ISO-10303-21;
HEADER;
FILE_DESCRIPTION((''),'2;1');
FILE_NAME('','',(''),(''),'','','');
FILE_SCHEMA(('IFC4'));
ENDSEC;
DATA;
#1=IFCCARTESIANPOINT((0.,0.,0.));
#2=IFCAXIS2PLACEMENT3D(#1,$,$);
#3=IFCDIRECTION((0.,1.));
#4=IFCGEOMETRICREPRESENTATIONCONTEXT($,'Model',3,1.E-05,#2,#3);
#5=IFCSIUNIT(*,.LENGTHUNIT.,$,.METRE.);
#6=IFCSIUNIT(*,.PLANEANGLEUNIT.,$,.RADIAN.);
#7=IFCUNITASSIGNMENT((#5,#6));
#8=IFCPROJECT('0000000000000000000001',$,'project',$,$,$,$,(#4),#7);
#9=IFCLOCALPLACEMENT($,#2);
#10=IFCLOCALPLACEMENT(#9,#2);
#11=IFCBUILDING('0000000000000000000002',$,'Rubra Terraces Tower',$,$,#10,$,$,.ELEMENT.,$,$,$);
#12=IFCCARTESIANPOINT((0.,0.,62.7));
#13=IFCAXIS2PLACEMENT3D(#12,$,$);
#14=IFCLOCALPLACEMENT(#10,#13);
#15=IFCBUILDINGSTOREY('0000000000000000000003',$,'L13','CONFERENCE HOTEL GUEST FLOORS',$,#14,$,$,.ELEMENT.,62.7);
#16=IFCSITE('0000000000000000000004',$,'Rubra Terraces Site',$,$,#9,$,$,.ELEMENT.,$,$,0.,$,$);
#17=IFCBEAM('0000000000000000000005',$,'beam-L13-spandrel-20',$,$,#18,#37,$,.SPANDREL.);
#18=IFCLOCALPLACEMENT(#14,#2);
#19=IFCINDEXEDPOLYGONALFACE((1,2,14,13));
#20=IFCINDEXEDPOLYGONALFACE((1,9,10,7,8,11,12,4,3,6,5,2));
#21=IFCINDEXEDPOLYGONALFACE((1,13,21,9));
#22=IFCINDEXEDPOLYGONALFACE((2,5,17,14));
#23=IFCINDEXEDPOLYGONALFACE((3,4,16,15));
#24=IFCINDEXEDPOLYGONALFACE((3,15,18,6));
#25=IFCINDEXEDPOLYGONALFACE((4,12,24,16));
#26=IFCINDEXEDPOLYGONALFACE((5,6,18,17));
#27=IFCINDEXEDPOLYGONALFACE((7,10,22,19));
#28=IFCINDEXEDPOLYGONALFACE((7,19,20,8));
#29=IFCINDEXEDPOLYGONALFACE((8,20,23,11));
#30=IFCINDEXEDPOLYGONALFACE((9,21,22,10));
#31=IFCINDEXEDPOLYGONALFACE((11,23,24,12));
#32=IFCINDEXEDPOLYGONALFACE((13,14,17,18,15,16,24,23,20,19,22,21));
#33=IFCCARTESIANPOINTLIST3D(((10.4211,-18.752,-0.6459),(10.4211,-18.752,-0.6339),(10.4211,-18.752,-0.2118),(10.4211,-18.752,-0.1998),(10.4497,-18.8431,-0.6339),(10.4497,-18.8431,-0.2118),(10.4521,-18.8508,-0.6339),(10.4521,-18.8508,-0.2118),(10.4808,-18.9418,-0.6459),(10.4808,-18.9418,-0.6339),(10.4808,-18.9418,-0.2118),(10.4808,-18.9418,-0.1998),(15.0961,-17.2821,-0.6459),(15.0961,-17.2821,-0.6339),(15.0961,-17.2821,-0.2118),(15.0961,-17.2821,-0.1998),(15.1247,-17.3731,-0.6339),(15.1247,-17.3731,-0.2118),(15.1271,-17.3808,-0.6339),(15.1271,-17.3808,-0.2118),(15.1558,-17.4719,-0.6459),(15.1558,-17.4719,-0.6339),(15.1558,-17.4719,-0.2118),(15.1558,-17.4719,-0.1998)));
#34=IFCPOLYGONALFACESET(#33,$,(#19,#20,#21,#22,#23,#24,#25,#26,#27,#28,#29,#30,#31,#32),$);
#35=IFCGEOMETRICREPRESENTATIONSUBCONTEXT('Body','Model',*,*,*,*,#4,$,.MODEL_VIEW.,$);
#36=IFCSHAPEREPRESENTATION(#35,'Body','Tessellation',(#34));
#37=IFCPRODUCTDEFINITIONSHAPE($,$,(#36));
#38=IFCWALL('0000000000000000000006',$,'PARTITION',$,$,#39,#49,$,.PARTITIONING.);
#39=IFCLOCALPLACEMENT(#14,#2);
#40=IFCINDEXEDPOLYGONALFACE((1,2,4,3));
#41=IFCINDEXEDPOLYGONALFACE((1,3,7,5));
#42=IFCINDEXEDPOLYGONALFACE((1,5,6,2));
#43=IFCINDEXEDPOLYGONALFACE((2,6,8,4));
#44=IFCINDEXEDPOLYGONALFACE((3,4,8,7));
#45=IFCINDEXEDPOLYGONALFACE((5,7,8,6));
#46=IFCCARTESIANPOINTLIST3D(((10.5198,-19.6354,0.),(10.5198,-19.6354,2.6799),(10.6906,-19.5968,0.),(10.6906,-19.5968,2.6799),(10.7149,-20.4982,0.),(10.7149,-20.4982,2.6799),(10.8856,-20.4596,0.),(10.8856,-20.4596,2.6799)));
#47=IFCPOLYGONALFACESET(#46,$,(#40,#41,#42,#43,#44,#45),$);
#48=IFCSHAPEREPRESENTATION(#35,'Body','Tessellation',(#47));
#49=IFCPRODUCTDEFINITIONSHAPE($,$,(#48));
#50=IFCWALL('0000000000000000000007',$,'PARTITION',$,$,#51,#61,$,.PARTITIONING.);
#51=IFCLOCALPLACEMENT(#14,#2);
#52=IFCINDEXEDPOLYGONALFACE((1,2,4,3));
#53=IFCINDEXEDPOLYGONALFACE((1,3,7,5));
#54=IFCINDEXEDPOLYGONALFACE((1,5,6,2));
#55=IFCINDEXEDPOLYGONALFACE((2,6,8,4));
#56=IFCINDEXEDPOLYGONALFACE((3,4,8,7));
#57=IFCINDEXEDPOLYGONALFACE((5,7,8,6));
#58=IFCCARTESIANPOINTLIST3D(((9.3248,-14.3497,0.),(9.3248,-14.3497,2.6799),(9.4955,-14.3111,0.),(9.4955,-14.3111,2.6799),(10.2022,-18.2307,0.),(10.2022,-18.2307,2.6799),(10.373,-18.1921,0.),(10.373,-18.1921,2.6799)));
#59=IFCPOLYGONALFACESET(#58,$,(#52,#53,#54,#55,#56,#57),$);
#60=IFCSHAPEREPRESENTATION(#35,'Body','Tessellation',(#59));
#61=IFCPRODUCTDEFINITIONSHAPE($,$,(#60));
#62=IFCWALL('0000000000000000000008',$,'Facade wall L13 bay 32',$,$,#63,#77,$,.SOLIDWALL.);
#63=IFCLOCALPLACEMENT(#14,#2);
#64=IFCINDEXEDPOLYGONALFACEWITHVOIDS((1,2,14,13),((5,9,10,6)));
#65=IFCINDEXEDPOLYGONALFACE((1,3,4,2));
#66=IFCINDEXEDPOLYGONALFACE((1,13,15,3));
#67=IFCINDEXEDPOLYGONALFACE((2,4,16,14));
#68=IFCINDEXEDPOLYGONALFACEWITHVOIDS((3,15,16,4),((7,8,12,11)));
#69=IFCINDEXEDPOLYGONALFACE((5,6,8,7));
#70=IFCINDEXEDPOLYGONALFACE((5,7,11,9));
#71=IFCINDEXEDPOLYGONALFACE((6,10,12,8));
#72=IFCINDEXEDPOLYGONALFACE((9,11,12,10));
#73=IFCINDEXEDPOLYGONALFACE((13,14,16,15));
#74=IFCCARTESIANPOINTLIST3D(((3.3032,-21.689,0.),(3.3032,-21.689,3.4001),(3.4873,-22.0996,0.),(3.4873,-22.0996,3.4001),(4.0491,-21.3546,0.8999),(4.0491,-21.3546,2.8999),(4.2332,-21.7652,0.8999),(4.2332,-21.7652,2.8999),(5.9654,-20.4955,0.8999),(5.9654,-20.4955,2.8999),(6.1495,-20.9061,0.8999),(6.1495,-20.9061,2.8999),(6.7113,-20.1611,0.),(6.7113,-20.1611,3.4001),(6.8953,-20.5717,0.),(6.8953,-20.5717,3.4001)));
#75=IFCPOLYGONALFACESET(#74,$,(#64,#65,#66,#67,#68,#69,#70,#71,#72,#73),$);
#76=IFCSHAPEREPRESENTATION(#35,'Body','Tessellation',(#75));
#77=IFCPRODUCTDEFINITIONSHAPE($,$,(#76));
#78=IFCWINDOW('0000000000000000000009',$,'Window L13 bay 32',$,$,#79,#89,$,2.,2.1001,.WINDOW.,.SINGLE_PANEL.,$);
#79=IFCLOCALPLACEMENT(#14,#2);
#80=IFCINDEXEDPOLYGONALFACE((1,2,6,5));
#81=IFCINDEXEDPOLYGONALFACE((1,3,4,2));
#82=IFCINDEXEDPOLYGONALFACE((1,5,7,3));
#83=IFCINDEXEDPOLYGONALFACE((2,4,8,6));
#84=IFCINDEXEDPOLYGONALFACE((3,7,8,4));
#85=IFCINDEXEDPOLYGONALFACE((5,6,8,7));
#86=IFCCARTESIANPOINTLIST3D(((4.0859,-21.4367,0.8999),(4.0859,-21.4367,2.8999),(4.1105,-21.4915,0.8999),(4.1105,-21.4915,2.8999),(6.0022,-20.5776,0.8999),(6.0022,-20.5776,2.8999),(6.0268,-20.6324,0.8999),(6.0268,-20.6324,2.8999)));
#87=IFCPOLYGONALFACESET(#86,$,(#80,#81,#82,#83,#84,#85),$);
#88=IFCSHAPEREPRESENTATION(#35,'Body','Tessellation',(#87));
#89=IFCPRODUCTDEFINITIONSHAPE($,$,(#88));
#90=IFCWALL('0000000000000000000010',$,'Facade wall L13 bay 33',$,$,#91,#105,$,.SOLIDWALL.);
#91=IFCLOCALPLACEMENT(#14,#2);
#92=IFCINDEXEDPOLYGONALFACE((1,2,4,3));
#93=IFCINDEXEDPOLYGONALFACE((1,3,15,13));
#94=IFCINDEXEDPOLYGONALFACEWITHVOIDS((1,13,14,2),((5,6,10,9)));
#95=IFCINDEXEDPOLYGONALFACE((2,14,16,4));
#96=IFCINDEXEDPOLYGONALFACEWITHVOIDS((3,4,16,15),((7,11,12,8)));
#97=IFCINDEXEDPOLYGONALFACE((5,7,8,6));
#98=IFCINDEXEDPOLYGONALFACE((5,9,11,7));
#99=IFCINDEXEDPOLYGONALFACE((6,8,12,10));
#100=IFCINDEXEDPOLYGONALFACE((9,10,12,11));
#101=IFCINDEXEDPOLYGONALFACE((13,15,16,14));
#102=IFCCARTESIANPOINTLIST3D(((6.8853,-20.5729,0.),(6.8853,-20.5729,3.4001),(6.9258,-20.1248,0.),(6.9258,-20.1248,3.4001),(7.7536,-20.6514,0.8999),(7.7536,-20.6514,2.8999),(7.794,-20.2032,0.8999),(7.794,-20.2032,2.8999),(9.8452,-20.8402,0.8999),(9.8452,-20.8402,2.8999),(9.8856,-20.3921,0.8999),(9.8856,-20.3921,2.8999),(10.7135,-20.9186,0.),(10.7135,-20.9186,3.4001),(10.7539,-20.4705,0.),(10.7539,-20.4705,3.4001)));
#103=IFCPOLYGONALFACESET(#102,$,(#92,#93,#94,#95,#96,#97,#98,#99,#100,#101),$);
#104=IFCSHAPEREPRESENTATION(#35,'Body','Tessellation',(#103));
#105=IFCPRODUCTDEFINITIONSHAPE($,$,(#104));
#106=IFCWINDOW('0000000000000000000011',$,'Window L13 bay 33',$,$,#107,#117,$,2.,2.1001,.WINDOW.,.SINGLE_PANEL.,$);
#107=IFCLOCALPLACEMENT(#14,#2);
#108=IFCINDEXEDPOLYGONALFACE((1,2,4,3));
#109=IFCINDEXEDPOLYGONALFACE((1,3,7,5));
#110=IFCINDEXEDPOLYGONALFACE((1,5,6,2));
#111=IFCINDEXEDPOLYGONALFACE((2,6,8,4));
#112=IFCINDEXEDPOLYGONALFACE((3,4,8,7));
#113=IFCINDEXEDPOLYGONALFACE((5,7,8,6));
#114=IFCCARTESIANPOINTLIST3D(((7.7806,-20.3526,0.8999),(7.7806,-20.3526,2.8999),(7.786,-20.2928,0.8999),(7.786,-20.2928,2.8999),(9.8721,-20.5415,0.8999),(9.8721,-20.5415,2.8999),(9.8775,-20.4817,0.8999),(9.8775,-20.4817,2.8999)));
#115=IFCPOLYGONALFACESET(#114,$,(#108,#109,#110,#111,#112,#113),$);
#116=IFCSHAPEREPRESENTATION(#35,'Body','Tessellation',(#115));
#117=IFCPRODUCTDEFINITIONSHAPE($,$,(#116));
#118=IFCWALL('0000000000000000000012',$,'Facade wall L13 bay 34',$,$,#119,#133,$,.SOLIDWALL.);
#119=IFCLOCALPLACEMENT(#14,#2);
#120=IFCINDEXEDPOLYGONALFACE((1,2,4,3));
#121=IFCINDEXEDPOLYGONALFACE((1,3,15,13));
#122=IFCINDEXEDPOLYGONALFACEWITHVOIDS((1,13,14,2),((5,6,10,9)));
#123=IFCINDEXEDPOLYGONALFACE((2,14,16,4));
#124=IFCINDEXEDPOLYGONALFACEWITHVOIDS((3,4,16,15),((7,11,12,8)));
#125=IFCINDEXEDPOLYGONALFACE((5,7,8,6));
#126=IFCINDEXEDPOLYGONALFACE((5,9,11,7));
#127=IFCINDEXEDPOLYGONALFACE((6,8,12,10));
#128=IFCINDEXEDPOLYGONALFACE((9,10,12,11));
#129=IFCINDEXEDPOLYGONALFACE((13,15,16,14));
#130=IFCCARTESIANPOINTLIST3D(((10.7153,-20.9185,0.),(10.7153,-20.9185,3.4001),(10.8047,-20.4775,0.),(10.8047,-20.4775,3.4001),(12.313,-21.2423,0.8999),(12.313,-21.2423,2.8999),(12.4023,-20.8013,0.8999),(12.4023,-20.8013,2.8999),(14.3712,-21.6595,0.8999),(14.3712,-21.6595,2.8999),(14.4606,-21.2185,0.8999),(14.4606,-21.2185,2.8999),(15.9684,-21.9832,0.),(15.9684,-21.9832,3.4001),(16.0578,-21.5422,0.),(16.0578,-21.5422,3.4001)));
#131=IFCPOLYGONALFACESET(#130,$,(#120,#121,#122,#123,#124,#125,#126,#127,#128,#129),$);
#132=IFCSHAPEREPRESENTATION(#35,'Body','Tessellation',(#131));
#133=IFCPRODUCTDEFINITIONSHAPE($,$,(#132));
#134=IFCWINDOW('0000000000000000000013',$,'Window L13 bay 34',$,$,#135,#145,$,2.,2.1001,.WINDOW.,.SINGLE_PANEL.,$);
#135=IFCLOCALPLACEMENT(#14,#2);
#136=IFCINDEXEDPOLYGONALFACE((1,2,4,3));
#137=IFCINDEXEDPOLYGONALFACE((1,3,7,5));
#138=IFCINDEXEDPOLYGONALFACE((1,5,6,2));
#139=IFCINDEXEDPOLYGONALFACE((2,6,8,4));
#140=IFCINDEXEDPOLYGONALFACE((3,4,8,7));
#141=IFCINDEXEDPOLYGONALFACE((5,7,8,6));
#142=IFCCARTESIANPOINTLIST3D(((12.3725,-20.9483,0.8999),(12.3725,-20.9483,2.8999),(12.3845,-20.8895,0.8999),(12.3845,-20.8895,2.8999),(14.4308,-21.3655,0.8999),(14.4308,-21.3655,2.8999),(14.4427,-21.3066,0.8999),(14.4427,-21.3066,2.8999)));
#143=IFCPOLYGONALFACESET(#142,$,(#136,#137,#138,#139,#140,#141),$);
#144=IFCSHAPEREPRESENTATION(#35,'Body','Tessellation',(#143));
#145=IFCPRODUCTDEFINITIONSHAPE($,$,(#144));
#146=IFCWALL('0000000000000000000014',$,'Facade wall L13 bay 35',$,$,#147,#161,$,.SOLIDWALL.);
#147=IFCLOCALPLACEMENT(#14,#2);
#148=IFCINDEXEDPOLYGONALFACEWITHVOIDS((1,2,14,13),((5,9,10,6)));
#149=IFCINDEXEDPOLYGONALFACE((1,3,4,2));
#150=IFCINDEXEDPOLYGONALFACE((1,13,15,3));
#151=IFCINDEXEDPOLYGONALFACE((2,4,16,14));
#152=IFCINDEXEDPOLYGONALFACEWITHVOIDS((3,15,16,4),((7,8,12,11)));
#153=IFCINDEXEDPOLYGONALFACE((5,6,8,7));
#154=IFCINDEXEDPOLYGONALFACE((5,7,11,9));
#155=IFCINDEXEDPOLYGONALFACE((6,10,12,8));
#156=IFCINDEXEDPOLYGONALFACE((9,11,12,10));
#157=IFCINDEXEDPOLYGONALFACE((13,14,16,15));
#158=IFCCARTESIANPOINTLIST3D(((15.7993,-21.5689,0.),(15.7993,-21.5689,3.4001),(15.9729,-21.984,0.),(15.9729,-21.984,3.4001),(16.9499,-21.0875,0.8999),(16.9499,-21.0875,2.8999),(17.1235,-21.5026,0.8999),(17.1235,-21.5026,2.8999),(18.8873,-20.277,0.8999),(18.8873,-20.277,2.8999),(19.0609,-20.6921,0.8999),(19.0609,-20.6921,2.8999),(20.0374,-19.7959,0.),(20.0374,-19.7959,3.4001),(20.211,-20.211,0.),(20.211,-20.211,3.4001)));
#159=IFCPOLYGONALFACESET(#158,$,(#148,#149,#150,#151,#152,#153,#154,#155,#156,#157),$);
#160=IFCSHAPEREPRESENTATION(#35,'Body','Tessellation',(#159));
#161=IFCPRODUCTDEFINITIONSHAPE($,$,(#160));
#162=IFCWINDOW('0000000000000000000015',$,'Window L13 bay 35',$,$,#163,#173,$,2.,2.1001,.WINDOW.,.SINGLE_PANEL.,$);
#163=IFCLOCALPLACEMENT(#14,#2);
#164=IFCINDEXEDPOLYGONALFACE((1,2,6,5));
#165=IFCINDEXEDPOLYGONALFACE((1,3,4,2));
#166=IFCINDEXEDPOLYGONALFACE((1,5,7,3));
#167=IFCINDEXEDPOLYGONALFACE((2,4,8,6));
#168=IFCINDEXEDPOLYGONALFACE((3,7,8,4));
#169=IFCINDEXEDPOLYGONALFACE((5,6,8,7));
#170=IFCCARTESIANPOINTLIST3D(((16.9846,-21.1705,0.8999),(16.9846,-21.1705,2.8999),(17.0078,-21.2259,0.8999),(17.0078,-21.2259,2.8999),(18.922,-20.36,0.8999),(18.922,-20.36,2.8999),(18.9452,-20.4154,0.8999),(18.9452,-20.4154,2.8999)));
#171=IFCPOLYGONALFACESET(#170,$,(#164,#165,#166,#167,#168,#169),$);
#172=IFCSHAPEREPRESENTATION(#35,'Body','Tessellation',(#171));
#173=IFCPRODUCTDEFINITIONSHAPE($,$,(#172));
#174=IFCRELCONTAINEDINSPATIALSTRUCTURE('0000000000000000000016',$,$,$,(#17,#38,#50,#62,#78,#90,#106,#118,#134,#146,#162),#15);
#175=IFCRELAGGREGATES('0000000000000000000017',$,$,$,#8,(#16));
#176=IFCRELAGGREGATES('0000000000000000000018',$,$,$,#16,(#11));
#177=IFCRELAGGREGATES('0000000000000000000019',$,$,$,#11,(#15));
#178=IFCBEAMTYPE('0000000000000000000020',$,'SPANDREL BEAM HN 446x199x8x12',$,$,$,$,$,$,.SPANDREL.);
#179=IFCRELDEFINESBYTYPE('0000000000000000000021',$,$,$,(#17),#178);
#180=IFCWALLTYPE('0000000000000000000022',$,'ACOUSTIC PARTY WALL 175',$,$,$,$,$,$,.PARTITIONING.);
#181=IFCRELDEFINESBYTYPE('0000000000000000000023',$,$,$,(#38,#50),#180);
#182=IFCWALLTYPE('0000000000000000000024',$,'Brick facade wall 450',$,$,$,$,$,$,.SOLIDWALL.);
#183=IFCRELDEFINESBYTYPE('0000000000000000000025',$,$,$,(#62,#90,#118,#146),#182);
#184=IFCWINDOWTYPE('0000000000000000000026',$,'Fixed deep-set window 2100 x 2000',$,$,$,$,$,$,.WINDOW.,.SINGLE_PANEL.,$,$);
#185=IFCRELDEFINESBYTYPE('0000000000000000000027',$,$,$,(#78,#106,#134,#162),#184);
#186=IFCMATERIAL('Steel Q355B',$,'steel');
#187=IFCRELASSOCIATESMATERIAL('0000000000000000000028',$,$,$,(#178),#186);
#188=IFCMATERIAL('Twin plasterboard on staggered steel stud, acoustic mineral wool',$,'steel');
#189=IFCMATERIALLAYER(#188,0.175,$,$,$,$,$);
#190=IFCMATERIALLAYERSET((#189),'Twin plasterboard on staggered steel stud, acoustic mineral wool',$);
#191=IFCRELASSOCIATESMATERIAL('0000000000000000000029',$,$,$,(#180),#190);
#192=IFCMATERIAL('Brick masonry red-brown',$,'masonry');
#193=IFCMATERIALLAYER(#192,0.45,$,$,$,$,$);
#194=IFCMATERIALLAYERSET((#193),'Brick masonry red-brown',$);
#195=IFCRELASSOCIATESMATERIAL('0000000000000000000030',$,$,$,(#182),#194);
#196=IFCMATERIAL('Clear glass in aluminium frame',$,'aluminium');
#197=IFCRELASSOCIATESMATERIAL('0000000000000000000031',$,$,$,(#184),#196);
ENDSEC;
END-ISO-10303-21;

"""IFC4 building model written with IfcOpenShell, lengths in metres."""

from ifc_helpers import new_model, si_unit, direction, frame, frame_2d, origin, origin_2d, place, context, subcontext, project, spatial, rectangle, i_section, extrude, material, layer, layer_set, material_profile, profile_set, type_object, element, fill, save


model = new_model("IFC4")

# Units and contexts
model_context = context("Model", 3, precision=1e-05, world=origin(), true_north=direction((0.0, 1.0)))
body_context = subcontext(model_context, "Body", "Model", "MODEL_VIEW")
ifc_project = project(units=[si_unit("LENGTHUNIT", "METRE"), si_unit("PLANEANGLEUNIT", "RADIAN")], contexts=[model_context])

# Site, building, storey
site_placement = place(None, origin())
site = spatial("IfcSite", under=ifc_project, at=site_placement, Name="Rubra Terraces Site", CompositionType="ELEMENT", RefElevation=0.0)
building_placement = place(site_placement, origin())
building = spatial("IfcBuilding", under=site, at=building_placement, Name="Rubra Terraces Tower", CompositionType="ELEMENT")
storey_placement = place(building_placement, frame((0.0, 0.0, 62.7)))
storey = spatial("IfcBuildingStorey", under=building, at=storey_placement, Name="L13", Description="CONFERENCE HOTEL GUEST FLOORS", CompositionType="ELEMENT", Elevation=62.7)

# Beam
ifc_material_1 = material(Name="Steel Q355B", Category="steel")
ifc_material_profile_1 = material_profile(ifc_material_1, i_section(OverallWidth=0.199, OverallDepth=0.446, WebThickness=0.0081, FlangeThickness=0.012, at=origin_2d()), Name="HN 446x199x8x12")
ifc_profile_set_1 = profile_set([ifc_material_profile_1], Name="Steel Q355B")
beam_type_1 = type_object("IfcBeamType", Name="SPANDREL BEAM HN 446x199x8x12", PredefinedType="SPANDREL", material=ifc_profile_set_1)
beam_1_placement = place(storey_placement, frame((10.4509, -18.8469, -0.4229), z_axis=(0.953955, 0.299951, 0.0), x_axis=(-0.299951, 0.953955, 0.0)))
element("IfcBeam", 1, at=beam_1_placement, inside=storey, type_object=beam_type_1, Name="beam-L13-spandrel-20", PredefinedType="SPANDREL", context=body_context, shape_type="SweptSolid", body=[
    extrude(i_section(OverallWidth=0.199, OverallDepth=0.446, WebThickness=0.0081, FlangeThickness=0.012, at=origin_2d()), origin(), (0.0, 0.0, 1.0), 4.9006),
])

# Walls
ifc_material_2 = material(Name="Twin plasterboard on staggered steel stud, acoustic mineral wool", Category="steel")
ifc_layer_1 = layer(ifc_material_2, 0.175)
ifc_layer_set_1 = layer_set([ifc_layer_1], Name="Twin plasterboard on staggered steel stud, acoustic mineral wool")
wall_type_1 = type_object("IfcWallType", Name="ACOUSTIC PARTY WALL 175", PredefinedType="PARTITIONING", material=ifc_layer_set_1)
wall_1_placement = place(storey_placement, frame((10.8003, -20.479, 0.0), z_axis=(0.0, 0.0, 1.0), x_axis=(-0.220523, 0.975382, 0.0)))
element("IfcWall", 2, at=wall_1_placement, inside=storey, type_object=wall_type_1, Name="PARTITION", PredefinedType="PARTITIONING", context=body_context, shape_type="SweptSolid", body=[
    extrude(rectangle(XDim=0.8845, YDim=0.175, at=frame_2d((0.4424, 0.0))), origin(), (0.0, 0.0, 1.0), 2.6799),
])
wall_2_placement = place(storey_placement, frame((10.2876, -18.2114, 0.0), z_axis=(0.0, 0.0, 1.0), x_axis=(-0.220515, 0.975384, 0.0)))
element("IfcWall", 3, at=wall_2_placement, inside=storey, type_object=wall_type_1, Name="PARTITION", PredefinedType="PARTITIONING", context=body_context, shape_type="SweptSolid", body=[
    extrude(rectangle(XDim=3.979, YDim=0.175, at=frame_2d((1.9895, 0.0))), origin(), (0.0, 0.0, 1.0), 2.6799),
])

# Walls, openings, windows
ifc_material_3 = material(Name="Brick masonry red-brown", Category="masonry")
ifc_layer_2 = layer(ifc_material_3, 0.45)
ifc_layer_set_2 = layer_set([ifc_layer_2], Name="Brick masonry red-brown")
wall_type_2 = type_object("IfcWallType", Name="Brick facade wall 450", PredefinedType="SOLIDWALL", material=ifc_layer_set_2)
wall_3_placement = place(storey_placement, frame((3.3953, -21.8943, 0.0), z_axis=(0.0, 0.0, 1.0), x_axis=(0.912497, 0.409084, 0.0)))
wall_3 = element("IfcWall", 4, at=wall_3_placement, inside=storey, type_object=wall_type_2, Name="Facade wall L13 bay 32", PredefinedType="SOLIDWALL", context=body_context, shape_type="SweptSolid", body=[
    extrude(rectangle(XDim=3.7349, YDim=0.45, at=frame_2d((1.8674, 0.0))), origin(), (0.0, 0.0, 1.0), 3.4001),
])
opening_1_placement = place(wall_3_placement, frame((0.8174, 0.0, 0.8999)))
opening_1 = element("IfcOpeningElement", 5, at=opening_1_placement, cuts=wall_3, PredefinedType="OPENING", context=body_context, shape_type="SweptSolid", body=[
    extrude(rectangle(XDim=2.1001, YDim=2.0, at=frame_2d((1.05, 1.0))), frame((0.0, 0.2349, 0.0), z_axis=(0.0, -1.0, 0.0), x_axis=(1.0, 0.0, 0.0)), (0.0, 0.0, 1.0), 0.47),
])
ifc_material_4 = material(Name="Clear glass in aluminium frame", Category="aluminium")
window_type = type_object("IfcWindowType", Name="Fixed deep-set window 2100 x 2000", PartitioningType="SINGLE_PANEL", PredefinedType="WINDOW", material=ifc_material_4)
window_1_placement = place(opening_1_placement, origin())
window_1 = element("IfcWindow", 6, at=window_1_placement, inside=storey, type_object=window_type, Name="Window L13 bay 32", OverallHeight=2.0, OverallWidth=2.1001, PartitioningType="SINGLE_PANEL", PredefinedType="WINDOW", context=body_context, shape_type="SweptSolid", body=[
    extrude(rectangle(XDim=2.1001, YDim=2.0, at=frame_2d((1.05, 1.0))), frame((0.0, 0.135, 0.0), z_axis=(0.0, -1.0, 0.0), x_axis=(1.0, 0.0, 0.0)), (0.0, 0.0, 1.0), 0.0601),
])
fill(opening_1, window_1)
wall_4_placement = place(storey_placement, frame((6.9055, -20.3489, 0.0), z_axis=(0.0, 0.0, 1.0), x_axis=(0.995947, -0.08994, 0.0)))
wall_4 = element("IfcWall", 7, at=wall_4_placement, inside=storey, type_object=wall_type_2, Name="Facade wall L13 bay 33", PredefinedType="SOLIDWALL", context=body_context, shape_type="SweptSolid", body=[
    extrude(rectangle(XDim=3.8438, YDim=0.45, at=frame_2d((1.9219, 0.0))), origin(), (0.0, 0.0, 1.0), 3.4001),
])
opening_2_placement = place(wall_4_placement, frame((0.8718, 0.0, 0.8999)))
opening_2 = element("IfcOpeningElement", 8, at=opening_2_placement, cuts=wall_4, PredefinedType="OPENING", context=body_context, shape_type="SweptSolid", body=[
    extrude(rectangle(XDim=2.1001, YDim=2.0, at=frame_2d((1.05, 1.0))), frame((0.0, 0.2349, 0.0), z_axis=(0.0, -1.0, 0.0), x_axis=(1.0, 0.0, 0.0)), (0.0, 0.0, 1.0), 0.47),
])
window_2_placement = place(opening_2_placement, origin())
window_2 = element("IfcWindow", 9, at=window_2_placement, inside=storey, type_object=window_type, Name="Window L13 bay 33", OverallHeight=2.0, OverallWidth=2.1001, PartitioningType="SINGLE_PANEL", PredefinedType="WINDOW", context=body_context, shape_type="SweptSolid", body=[
    extrude(rectangle(XDim=2.1001, YDim=2.0, at=frame_2d((1.05, 1.0))), frame((0.0, 0.135, 0.0), z_axis=(0.0, -1.0, 0.0), x_axis=(1.0, 0.0, 0.0)), (0.0, 0.0, 1.0), 0.0601),
])
fill(opening_2, window_2)
wall_5_placement = place(storey_placement, frame((10.76, -20.698, 0.0), z_axis=(0.0, 0.0, 1.0), x_axis=(0.980073, -0.198638, 0.0)))
wall_5 = element("IfcWall", 10, at=wall_5_placement, inside=storey, type_object=wall_type_2, Name="Facade wall L13 bay 34", PredefinedType="SOLIDWALL", context=body_context, shape_type="SweptSolid", body=[
    extrude(rectangle(XDim=5.3599, YDim=0.45, at=frame_2d((2.6799, 0.0))), origin(), (0.0, 0.0, 1.0), 3.4001),
])
opening_3_placement = place(wall_5_placement, frame((1.6301, 0.0, 0.8999)))
opening_3 = element("IfcOpeningElement", 11, at=opening_3_placement, cuts=wall_5, PredefinedType="OPENING", context=body_context, shape_type="SweptSolid", body=[
    extrude(rectangle(XDim=2.1001, YDim=2.0, at=frame_2d((1.05, 1.0))), frame((0.0, 0.2349, 0.0), z_axis=(0.0, -1.0, 0.0), x_axis=(1.0, 0.0, 0.0)), (0.0, 0.0, 1.0), 0.47),
])
window_3_placement = place(opening_3_placement, origin())
window_3 = element("IfcWindow", 12, at=window_3_placement, inside=storey, type_object=window_type, Name="Window L13 bay 34", OverallHeight=2.0, OverallWidth=2.1001, PartitioningType="SINGLE_PANEL", PredefinedType="WINDOW", context=body_context, shape_type="SweptSolid", body=[
    extrude(rectangle(XDim=2.1001, YDim=2.0, at=frame_2d((1.05, 1.0))), frame((0.0, 0.135, 0.0), z_axis=(0.0, -1.0, 0.0), x_axis=(1.0, 0.0, 0.0)), (0.0, 0.0, 1.0), 0.0601),
])
fill(opening_3, window_3)
wall_6_placement = place(storey_placement, frame((15.8862, -21.7764, 0.0), z_axis=(0.0, 0.0, 1.0), x_axis=(0.922527, 0.385932, 0.0)))
wall_6 = element("IfcWall", 13, at=wall_6_placement, inside=storey, type_object=wall_type_2, Name="Facade wall L13 bay 35", PredefinedType="SOLIDWALL", context=body_context, shape_type="SweptSolid", body=[
    extrude(rectangle(XDim=4.594, YDim=0.45, at=frame_2d((2.2969, 0.0))), origin(), (0.0, 0.0, 1.0), 3.4001),
])
opening_4_placement = place(wall_6_placement, frame((1.2471, 0.0, 0.8999)))
opening_4 = element("IfcOpeningElement", 14, at=opening_4_placement, cuts=wall_6, PredefinedType="OPENING", context=body_context, shape_type="SweptSolid", body=[
    extrude(rectangle(XDim=2.1001, YDim=2.0, at=frame_2d((1.05, 1.0))), frame((0.0, 0.2349, 0.0), z_axis=(0.0, -1.0, 0.0), x_axis=(1.0, 0.0, 0.0)), (0.0, 0.0, 1.0), 0.47),
])
window_4_placement = place(opening_4_placement, origin())
window_4 = element("IfcWindow", 15, at=window_4_placement, inside=storey, type_object=window_type, Name="Window L13 bay 35", OverallHeight=2.0, OverallWidth=2.1001, PartitioningType="SINGLE_PANEL", PredefinedType="WINDOW", context=body_context, shape_type="SweptSolid", body=[
    extrude(rectangle(XDim=2.1001, YDim=2.0, at=frame_2d((1.05, 1.0))), frame((0.0, 0.135, 0.0), z_axis=(0.0, -1.0, 0.0), x_axis=(1.0, 0.0, 0.0)), (0.0, 0.0, 1.0), 0.0601),
])
fill(opening_4, window_4)

save(model, "model.ifc")
